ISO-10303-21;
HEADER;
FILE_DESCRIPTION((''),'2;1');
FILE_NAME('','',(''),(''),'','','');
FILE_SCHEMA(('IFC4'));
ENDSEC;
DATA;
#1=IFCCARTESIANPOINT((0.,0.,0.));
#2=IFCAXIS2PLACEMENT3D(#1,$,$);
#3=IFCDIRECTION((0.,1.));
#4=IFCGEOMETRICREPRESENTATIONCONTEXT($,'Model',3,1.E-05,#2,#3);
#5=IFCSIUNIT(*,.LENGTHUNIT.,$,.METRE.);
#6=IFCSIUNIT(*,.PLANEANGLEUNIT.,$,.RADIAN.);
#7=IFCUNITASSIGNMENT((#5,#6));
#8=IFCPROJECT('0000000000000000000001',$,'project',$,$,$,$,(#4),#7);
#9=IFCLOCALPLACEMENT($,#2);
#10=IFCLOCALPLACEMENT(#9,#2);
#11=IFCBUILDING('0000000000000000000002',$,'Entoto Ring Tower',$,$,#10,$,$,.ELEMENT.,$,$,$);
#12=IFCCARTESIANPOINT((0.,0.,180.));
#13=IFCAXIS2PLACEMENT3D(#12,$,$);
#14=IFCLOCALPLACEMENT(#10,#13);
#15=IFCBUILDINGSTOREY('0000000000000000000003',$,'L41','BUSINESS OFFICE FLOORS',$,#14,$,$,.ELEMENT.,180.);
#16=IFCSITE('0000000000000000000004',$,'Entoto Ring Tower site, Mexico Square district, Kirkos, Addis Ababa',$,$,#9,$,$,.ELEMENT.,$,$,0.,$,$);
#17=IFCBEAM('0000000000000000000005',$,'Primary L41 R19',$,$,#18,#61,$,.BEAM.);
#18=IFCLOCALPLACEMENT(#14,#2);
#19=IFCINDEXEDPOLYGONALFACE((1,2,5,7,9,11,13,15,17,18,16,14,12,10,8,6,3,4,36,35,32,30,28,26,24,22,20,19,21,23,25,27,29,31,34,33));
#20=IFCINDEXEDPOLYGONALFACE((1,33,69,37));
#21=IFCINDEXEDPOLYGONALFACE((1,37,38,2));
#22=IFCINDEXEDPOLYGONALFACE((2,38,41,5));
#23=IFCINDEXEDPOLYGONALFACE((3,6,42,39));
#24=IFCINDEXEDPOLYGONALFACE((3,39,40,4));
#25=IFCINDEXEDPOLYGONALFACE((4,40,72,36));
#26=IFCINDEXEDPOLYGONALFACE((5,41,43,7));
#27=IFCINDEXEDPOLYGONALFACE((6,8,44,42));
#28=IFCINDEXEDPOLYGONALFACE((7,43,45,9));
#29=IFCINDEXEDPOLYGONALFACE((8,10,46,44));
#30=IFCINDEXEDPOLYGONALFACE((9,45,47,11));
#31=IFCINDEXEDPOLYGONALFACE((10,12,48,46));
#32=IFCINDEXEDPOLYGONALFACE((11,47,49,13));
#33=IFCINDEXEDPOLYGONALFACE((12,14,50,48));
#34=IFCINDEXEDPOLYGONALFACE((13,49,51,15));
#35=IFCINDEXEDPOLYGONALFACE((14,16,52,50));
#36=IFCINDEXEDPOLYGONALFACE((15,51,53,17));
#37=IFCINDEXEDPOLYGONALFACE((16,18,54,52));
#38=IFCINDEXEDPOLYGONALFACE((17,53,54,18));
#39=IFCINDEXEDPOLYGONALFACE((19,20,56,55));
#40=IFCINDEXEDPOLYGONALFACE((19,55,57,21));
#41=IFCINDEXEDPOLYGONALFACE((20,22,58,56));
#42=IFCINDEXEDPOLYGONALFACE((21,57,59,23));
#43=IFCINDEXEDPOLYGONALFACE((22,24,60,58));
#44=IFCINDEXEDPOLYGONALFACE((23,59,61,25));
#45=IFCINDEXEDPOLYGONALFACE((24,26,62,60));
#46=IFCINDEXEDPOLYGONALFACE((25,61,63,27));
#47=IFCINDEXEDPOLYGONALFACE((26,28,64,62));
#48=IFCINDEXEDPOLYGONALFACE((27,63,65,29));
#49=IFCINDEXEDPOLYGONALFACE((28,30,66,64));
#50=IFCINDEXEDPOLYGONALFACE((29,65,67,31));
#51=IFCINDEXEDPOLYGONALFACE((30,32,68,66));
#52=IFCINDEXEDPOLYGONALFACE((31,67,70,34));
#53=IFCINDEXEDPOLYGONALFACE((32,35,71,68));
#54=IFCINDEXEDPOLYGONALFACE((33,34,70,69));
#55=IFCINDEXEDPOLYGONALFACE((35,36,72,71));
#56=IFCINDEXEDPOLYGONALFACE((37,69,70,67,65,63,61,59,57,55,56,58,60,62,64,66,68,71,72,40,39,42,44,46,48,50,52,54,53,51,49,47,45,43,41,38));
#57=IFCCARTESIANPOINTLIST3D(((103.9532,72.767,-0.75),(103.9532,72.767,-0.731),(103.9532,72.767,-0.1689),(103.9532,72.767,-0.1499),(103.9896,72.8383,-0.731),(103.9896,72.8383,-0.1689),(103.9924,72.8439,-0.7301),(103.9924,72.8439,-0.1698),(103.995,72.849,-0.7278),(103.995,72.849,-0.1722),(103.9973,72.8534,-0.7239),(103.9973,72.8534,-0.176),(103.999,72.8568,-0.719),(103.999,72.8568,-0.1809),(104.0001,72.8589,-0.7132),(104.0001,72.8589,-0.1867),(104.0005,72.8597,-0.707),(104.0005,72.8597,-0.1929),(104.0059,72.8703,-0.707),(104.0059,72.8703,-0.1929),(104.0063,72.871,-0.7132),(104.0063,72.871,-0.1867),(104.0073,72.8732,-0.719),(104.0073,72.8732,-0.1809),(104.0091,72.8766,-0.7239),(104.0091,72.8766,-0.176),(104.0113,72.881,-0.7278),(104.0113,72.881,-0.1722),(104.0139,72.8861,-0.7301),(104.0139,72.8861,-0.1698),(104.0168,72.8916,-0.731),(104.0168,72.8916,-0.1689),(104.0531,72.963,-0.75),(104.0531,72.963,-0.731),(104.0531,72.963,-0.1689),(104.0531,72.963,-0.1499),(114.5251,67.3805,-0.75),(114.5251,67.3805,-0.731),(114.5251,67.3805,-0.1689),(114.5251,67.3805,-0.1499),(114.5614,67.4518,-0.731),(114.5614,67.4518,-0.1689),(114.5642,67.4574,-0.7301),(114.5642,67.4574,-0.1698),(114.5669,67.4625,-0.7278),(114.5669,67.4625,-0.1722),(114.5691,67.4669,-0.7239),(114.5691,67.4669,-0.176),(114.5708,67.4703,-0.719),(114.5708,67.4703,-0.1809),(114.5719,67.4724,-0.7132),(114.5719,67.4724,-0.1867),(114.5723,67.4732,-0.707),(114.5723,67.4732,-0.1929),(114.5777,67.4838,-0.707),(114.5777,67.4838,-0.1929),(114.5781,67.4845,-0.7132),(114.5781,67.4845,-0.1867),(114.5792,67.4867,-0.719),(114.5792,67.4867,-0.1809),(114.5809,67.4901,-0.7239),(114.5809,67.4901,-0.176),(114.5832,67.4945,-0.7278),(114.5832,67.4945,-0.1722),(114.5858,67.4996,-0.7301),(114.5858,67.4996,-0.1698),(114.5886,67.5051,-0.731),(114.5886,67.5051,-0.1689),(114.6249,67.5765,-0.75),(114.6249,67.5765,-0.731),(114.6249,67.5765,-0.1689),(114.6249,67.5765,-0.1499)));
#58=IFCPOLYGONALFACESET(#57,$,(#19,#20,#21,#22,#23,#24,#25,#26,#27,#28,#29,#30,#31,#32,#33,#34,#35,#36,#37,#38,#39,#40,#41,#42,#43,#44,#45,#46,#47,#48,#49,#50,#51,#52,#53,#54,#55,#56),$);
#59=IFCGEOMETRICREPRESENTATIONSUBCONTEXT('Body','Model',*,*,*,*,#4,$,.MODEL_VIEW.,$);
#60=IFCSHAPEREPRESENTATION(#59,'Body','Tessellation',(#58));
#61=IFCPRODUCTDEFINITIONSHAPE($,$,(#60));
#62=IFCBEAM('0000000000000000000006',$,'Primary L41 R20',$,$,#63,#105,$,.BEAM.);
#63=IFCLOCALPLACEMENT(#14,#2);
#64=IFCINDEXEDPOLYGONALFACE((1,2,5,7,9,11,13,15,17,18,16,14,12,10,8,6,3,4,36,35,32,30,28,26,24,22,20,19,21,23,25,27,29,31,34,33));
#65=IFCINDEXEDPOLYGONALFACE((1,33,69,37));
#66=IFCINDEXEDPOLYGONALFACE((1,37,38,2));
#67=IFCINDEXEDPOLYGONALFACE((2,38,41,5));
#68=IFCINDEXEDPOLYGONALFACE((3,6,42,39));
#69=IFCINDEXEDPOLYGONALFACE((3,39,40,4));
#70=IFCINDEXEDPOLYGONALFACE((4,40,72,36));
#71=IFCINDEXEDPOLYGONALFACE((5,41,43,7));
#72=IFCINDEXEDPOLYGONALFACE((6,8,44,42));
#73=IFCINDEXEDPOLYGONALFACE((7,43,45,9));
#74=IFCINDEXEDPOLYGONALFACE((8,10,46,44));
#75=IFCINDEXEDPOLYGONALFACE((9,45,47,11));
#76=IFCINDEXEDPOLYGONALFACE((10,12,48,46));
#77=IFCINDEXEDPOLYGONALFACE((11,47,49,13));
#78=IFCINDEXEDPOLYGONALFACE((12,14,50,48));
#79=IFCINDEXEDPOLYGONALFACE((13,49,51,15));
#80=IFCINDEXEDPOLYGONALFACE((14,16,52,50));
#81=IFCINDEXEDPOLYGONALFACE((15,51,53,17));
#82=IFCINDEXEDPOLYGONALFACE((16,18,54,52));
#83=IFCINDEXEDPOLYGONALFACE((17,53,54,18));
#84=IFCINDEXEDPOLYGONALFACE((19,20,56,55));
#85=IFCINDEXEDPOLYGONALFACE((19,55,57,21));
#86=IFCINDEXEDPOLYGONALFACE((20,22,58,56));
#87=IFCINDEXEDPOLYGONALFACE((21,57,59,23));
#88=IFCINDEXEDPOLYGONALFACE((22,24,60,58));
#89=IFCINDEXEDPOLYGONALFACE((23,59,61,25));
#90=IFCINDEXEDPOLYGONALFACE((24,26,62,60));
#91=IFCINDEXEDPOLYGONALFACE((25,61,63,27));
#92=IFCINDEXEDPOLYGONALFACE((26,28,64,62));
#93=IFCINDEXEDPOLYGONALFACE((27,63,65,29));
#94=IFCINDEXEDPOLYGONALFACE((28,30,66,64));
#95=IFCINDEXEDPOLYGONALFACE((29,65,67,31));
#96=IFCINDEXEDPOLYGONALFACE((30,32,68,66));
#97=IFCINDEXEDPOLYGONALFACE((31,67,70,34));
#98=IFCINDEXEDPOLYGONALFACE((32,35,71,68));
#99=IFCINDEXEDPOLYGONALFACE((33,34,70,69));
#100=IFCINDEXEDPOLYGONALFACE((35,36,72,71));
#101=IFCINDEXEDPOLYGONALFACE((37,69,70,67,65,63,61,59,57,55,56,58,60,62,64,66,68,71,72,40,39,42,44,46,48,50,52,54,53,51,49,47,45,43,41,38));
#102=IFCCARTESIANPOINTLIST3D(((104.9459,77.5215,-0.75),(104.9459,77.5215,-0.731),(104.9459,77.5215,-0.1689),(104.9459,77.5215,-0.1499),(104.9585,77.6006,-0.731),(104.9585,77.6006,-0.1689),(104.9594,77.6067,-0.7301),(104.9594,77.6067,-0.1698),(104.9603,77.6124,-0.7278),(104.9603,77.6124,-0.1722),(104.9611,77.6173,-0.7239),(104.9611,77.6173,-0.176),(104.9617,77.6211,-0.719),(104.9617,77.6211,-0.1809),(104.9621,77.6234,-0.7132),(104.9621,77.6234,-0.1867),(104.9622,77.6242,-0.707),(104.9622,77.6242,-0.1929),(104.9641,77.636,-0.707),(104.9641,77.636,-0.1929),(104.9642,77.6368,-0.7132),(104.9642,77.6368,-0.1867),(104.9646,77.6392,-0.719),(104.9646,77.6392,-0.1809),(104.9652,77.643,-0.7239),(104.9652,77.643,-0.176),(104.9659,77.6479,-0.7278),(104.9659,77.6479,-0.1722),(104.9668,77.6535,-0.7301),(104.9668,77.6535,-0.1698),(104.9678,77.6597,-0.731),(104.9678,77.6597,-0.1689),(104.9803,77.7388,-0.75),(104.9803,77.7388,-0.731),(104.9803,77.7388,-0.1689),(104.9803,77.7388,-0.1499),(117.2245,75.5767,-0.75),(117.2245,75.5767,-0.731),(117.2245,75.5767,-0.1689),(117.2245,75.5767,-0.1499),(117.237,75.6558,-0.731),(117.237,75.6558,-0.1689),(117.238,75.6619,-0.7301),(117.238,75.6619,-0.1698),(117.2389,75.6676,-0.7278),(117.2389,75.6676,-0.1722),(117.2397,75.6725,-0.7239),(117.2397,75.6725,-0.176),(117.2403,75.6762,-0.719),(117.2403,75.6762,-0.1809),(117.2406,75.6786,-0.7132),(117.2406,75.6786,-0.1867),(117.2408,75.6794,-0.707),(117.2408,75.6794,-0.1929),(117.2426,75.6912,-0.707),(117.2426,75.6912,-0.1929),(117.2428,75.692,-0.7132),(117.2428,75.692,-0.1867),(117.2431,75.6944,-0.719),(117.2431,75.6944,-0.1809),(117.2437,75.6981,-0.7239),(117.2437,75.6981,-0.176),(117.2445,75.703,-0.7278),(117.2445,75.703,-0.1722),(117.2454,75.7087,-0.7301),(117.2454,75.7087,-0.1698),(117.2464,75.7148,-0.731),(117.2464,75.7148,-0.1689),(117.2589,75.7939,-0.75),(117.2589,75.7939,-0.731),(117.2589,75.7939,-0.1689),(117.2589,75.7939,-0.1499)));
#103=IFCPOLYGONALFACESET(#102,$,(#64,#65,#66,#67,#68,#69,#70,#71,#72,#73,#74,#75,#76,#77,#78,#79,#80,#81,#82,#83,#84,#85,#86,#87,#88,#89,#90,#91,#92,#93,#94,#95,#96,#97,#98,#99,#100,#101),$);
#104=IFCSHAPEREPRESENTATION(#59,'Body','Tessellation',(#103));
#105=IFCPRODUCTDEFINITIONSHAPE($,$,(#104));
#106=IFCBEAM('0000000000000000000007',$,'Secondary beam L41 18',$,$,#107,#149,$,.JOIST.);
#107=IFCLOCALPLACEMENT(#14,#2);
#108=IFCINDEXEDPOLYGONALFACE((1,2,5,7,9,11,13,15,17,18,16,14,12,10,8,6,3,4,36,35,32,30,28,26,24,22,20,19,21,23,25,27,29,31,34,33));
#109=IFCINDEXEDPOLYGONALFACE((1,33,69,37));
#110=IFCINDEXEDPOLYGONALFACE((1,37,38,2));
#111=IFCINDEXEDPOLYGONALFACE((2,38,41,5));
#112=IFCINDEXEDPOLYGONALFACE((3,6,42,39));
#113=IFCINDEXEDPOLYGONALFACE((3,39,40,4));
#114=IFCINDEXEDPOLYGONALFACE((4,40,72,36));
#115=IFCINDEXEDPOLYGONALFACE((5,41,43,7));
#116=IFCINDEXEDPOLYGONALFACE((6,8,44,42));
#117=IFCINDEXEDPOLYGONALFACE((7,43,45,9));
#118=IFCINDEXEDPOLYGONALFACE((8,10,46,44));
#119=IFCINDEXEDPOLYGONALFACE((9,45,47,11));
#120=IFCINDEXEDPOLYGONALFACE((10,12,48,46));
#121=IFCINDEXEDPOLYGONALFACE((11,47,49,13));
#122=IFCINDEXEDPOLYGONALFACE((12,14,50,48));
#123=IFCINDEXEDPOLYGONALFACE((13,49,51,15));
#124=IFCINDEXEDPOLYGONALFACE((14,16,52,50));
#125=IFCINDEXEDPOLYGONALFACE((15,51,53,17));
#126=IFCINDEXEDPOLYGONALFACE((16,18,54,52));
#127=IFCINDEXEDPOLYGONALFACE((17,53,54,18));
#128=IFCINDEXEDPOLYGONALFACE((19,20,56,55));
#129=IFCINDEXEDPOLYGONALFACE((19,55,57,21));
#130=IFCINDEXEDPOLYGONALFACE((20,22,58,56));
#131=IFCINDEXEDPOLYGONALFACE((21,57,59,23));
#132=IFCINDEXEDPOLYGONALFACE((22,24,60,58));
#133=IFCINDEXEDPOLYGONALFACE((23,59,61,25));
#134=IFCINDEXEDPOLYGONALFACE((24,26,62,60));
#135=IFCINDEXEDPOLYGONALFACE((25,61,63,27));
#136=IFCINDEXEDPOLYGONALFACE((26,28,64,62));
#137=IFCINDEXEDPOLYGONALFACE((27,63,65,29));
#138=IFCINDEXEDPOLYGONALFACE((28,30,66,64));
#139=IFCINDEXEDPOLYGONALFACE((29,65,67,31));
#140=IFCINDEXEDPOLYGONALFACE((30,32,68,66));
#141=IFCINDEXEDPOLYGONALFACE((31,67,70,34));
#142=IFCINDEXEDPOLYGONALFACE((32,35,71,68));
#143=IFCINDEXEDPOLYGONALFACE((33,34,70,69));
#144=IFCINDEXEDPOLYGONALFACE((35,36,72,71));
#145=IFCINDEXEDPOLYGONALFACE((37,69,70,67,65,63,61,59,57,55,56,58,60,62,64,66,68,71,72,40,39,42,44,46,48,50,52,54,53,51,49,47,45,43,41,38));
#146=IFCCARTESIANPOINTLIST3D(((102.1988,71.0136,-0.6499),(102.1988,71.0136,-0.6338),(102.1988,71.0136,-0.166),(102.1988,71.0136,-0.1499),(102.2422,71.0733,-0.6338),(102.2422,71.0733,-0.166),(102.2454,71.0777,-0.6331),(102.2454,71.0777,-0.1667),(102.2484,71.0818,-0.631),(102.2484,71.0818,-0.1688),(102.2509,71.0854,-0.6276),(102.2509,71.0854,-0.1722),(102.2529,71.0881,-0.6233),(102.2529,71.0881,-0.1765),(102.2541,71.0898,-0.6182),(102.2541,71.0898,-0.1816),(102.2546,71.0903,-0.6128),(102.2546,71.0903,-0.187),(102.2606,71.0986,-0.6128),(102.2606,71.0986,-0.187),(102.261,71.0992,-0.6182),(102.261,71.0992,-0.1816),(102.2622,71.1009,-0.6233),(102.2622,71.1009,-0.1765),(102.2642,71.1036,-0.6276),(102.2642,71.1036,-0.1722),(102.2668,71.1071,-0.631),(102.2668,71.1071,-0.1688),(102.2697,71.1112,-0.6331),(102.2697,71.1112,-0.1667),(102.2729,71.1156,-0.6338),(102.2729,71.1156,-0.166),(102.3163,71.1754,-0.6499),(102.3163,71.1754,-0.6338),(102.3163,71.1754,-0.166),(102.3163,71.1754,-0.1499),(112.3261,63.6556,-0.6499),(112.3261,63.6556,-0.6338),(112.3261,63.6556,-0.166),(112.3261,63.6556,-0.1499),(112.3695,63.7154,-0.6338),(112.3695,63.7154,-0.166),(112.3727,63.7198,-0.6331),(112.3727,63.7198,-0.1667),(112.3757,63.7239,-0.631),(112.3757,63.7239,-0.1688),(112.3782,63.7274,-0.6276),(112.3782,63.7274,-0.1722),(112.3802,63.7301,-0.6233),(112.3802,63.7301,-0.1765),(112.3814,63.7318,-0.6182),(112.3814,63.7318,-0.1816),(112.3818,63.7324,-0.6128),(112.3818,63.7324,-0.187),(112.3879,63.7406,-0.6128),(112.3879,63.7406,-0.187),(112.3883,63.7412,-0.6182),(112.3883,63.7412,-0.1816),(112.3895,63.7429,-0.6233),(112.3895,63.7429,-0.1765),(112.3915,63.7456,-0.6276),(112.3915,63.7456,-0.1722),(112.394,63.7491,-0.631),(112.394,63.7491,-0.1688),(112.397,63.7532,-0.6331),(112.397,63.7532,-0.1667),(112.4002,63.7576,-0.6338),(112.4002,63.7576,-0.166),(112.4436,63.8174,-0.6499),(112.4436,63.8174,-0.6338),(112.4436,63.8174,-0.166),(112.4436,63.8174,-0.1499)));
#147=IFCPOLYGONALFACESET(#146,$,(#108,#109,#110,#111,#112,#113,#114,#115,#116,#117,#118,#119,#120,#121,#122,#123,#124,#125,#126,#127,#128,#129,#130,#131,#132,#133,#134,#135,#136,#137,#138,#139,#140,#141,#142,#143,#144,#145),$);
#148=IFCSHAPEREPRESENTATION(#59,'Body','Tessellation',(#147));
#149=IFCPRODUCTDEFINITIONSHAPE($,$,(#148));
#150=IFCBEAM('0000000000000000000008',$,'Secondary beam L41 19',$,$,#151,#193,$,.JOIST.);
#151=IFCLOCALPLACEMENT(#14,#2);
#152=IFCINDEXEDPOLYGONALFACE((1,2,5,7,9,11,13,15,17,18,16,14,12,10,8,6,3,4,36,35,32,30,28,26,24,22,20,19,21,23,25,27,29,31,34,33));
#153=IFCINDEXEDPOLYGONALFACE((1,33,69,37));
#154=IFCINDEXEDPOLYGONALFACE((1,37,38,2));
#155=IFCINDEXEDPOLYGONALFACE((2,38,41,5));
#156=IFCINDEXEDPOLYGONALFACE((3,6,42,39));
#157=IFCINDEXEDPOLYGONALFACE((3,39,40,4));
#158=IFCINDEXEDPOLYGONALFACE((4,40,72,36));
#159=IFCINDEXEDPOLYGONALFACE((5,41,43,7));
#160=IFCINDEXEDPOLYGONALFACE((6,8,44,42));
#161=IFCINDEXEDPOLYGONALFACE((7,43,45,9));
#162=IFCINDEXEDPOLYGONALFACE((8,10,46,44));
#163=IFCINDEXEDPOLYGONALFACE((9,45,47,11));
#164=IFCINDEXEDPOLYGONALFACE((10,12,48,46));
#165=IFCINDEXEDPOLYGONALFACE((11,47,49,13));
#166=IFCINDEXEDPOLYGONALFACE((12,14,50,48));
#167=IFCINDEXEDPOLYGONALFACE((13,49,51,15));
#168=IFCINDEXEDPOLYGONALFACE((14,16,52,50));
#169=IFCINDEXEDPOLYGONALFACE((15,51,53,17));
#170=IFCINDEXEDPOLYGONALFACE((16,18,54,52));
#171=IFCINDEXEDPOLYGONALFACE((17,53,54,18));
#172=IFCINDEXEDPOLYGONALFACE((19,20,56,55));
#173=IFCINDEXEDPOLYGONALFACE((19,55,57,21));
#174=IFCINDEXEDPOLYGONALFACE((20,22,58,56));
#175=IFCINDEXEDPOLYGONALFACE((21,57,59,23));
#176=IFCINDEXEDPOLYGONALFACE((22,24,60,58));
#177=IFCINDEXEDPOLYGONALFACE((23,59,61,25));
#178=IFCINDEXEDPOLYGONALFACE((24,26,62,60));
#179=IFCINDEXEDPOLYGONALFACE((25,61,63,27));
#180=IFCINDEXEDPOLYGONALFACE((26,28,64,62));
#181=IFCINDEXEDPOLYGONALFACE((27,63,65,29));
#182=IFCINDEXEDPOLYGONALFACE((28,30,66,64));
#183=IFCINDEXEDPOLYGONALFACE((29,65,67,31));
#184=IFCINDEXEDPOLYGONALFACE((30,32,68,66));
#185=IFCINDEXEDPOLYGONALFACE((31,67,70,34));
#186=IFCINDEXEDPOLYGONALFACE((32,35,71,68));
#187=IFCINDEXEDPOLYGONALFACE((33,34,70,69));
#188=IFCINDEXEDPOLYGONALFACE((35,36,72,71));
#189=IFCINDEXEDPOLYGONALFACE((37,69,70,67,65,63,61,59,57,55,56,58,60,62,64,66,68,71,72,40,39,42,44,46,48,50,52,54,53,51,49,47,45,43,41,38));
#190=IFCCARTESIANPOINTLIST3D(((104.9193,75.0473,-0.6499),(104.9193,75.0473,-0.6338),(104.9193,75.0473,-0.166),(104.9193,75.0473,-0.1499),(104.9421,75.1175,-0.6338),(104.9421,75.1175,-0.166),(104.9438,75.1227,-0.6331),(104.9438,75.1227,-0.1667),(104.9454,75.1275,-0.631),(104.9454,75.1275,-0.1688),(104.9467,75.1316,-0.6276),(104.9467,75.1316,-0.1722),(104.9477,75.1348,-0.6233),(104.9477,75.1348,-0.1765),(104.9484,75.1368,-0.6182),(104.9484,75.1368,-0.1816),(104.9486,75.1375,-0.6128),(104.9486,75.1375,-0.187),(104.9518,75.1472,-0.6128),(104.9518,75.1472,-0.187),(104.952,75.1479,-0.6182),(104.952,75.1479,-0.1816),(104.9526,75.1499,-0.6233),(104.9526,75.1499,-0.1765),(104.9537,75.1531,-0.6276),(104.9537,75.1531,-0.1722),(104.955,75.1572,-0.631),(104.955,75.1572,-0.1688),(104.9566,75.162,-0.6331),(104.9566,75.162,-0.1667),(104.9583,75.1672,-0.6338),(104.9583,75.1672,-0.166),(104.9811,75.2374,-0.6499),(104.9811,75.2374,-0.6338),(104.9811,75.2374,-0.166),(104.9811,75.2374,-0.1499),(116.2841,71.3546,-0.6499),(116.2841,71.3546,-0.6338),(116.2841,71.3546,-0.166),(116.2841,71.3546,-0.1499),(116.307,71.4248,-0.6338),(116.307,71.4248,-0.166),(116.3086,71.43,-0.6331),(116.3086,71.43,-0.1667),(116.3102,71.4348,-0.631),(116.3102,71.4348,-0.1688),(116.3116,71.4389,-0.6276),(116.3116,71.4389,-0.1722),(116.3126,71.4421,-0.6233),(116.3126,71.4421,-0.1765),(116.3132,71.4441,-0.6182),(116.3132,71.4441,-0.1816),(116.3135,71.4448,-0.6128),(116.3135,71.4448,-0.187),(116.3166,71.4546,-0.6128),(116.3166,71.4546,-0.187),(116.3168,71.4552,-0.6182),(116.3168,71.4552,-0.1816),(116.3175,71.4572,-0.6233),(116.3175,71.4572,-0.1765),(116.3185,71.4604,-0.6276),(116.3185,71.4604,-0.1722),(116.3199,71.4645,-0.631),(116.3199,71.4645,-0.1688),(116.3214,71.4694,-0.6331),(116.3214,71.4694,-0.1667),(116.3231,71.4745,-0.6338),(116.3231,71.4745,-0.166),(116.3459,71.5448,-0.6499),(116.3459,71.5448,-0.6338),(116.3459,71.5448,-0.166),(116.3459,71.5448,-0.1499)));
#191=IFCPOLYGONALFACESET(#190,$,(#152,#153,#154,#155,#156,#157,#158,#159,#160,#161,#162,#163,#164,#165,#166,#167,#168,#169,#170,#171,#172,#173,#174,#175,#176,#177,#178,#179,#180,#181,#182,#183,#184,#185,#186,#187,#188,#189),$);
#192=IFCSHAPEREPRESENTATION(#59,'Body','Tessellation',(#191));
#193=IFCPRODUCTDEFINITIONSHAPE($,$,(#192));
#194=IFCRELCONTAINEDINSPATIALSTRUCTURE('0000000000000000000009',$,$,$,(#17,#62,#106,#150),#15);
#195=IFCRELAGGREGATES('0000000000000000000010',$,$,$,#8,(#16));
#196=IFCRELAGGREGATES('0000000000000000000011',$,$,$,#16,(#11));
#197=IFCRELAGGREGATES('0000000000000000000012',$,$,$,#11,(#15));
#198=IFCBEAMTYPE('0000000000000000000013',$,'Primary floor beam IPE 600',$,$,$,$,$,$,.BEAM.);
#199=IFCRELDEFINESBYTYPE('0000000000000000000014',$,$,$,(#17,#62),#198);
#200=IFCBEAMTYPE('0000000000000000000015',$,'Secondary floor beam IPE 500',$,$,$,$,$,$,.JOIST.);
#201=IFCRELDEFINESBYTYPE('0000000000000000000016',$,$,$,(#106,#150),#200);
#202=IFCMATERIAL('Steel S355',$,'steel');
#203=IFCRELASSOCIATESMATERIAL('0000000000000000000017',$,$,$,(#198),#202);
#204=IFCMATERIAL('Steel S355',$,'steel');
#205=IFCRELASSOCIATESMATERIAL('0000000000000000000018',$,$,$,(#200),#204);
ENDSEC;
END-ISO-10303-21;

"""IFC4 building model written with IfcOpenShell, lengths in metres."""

from ifc_helpers import new_model, si_unit, direction, frame, origin, origin_2d, place, context, subcontext, project, spatial, i_section, extrude, material, material_profile, profile_set, type_object, element, save


model = new_model("IFC4")

# Units and contexts
model_context = context("Model", 3, precision=1e-05, world=origin(), true_north=direction((0.0, 1.0)))
body_context = subcontext(model_context, "Body", "Model", "MODEL_VIEW")
ifc_project = project(units=[si_unit("LENGTHUNIT", "METRE"), si_unit("PLANEANGLEUNIT", "RADIAN")], contexts=[model_context])

# Site, building, storey
site_placement = place(None, origin())
site = spatial("IfcSite", under=ifc_project, at=site_placement, Name="Entoto Ring Tower site, Mexico Square district, Kirkos, Addis Ababa", CompositionType="ELEMENT", RefElevation=0.0)
building_placement = place(site_placement, origin())
building = spatial("IfcBuilding", under=site, at=building_placement, Name="Entoto Ring Tower", CompositionType="ELEMENT")
storey_placement = place(building_placement, frame((0.0, 0.0, 180.0)))
storey = spatial("IfcBuildingStorey", under=building, at=storey_placement, Name="L41", Description="BUSINESS OFFICE FLOORS", CompositionType="ELEMENT", Elevation=180.0)

# Beams
ifc_material_1 = material(Name="Steel S355", Category="steel")
ifc_material_profile_1 = material_profile(ifc_material_1, i_section(OverallWidth=0.22, OverallDepth=0.6001, WebThickness=0.012, FlangeThickness=0.019, FilletRadius=0.0239, at=origin_2d()), Name="IPE 600")
ifc_profile_set_1 = profile_set([ifc_material_profile_1], Name="Steel S355")
beam_type_1 = type_object("IfcBeamType", Name="Primary floor beam IPE 600", PredefinedType="BEAM", material=ifc_profile_set_1)
beam_1_placement = place(storey_placement, frame((104.0032, 72.865, -0.45), z_axis=(0.89101, -0.453983, 0.0), x_axis=(0.453983, 0.89101, 0.0)))
element("IfcBeam", 1, at=beam_1_placement, inside=storey, type_object=beam_type_1, Name="Primary L41 R19", PredefinedType="BEAM", context=body_context, shape_type="SweptSolid", body=[
    extrude(i_section(OverallWidth=0.22, OverallDepth=0.6001, WebThickness=0.012, FlangeThickness=0.019, FilletRadius=0.0239, at=origin_2d()), origin(), (0.0, 0.0, 1.0), 11.865),
])
beam_2_placement = place(storey_placement, frame((104.9631, 77.6301, -0.45), z_axis=(0.987687, -0.156442, 0.0), x_axis=(0.156442, 0.987687, 0.0)))
element("IfcBeam", 2, at=beam_2_placement, inside=storey, type_object=beam_type_1, Name="Primary L41 R20", PredefinedType="BEAM", context=body_context, shape_type="SweptSolid", body=[
    extrude(i_section(OverallWidth=0.22, OverallDepth=0.6001, WebThickness=0.012, FlangeThickness=0.019, FilletRadius=0.0239, at=origin_2d()), origin(), (0.0, 0.0, 1.0), 12.4316),
])
ifc_material_2 = material(Name="Steel S355", Category="steel")
ifc_material_profile_2 = material_profile(ifc_material_2, i_section(OverallWidth=0.2, OverallDepth=0.5, WebThickness=0.0103, FlangeThickness=0.0161, FilletRadius=0.021, at=origin_2d()), Name="IPE 500")
ifc_profile_set_2 = profile_set([ifc_material_profile_2], Name="Steel S355")
beam_type_2 = type_object("IfcBeamType", Name="Secondary floor beam IPE 500", PredefinedType="JOIST", material=ifc_profile_set_2)
beam_3_placement = place(storey_placement, frame((102.2576, 71.0945, -0.3999), z_axis=(0.809014, -0.587789, 0.0), x_axis=(0.587789, 0.809014, 0.0)))
element("IfcBeam", 3, at=beam_3_placement, inside=storey, type_object=beam_type_2, Name="Secondary beam L41 18", PredefinedType="JOIST", context=body_context, shape_type="SweptSolid", body=[
    extrude(i_section(OverallWidth=0.2, OverallDepth=0.5, WebThickness=0.0103, FlangeThickness=0.0161, FilletRadius=0.021, at=origin_2d()), origin(), (0.0, 0.0, 1.0), 12.5181),
])
beam_4_placement = place(storey_placement, frame((104.9502, 75.1423, -0.3999), z_axis=(0.951057, -0.309017, 0.0), x_axis=(0.309017, 0.951057, 0.0)))
element("IfcBeam", 4, at=beam_4_placement, inside=storey, type_object=beam_type_2, Name="Secondary beam L41 19", PredefinedType="JOIST", context=body_context, shape_type="SweptSolid", body=[
    extrude(i_section(OverallWidth=0.2, OverallDepth=0.5, WebThickness=0.0103, FlangeThickness=0.0161, FilletRadius=0.021, at=origin_2d()), origin(), (0.0, 0.0, 1.0), 11.9497),
])

save(model, "model.ifc")
